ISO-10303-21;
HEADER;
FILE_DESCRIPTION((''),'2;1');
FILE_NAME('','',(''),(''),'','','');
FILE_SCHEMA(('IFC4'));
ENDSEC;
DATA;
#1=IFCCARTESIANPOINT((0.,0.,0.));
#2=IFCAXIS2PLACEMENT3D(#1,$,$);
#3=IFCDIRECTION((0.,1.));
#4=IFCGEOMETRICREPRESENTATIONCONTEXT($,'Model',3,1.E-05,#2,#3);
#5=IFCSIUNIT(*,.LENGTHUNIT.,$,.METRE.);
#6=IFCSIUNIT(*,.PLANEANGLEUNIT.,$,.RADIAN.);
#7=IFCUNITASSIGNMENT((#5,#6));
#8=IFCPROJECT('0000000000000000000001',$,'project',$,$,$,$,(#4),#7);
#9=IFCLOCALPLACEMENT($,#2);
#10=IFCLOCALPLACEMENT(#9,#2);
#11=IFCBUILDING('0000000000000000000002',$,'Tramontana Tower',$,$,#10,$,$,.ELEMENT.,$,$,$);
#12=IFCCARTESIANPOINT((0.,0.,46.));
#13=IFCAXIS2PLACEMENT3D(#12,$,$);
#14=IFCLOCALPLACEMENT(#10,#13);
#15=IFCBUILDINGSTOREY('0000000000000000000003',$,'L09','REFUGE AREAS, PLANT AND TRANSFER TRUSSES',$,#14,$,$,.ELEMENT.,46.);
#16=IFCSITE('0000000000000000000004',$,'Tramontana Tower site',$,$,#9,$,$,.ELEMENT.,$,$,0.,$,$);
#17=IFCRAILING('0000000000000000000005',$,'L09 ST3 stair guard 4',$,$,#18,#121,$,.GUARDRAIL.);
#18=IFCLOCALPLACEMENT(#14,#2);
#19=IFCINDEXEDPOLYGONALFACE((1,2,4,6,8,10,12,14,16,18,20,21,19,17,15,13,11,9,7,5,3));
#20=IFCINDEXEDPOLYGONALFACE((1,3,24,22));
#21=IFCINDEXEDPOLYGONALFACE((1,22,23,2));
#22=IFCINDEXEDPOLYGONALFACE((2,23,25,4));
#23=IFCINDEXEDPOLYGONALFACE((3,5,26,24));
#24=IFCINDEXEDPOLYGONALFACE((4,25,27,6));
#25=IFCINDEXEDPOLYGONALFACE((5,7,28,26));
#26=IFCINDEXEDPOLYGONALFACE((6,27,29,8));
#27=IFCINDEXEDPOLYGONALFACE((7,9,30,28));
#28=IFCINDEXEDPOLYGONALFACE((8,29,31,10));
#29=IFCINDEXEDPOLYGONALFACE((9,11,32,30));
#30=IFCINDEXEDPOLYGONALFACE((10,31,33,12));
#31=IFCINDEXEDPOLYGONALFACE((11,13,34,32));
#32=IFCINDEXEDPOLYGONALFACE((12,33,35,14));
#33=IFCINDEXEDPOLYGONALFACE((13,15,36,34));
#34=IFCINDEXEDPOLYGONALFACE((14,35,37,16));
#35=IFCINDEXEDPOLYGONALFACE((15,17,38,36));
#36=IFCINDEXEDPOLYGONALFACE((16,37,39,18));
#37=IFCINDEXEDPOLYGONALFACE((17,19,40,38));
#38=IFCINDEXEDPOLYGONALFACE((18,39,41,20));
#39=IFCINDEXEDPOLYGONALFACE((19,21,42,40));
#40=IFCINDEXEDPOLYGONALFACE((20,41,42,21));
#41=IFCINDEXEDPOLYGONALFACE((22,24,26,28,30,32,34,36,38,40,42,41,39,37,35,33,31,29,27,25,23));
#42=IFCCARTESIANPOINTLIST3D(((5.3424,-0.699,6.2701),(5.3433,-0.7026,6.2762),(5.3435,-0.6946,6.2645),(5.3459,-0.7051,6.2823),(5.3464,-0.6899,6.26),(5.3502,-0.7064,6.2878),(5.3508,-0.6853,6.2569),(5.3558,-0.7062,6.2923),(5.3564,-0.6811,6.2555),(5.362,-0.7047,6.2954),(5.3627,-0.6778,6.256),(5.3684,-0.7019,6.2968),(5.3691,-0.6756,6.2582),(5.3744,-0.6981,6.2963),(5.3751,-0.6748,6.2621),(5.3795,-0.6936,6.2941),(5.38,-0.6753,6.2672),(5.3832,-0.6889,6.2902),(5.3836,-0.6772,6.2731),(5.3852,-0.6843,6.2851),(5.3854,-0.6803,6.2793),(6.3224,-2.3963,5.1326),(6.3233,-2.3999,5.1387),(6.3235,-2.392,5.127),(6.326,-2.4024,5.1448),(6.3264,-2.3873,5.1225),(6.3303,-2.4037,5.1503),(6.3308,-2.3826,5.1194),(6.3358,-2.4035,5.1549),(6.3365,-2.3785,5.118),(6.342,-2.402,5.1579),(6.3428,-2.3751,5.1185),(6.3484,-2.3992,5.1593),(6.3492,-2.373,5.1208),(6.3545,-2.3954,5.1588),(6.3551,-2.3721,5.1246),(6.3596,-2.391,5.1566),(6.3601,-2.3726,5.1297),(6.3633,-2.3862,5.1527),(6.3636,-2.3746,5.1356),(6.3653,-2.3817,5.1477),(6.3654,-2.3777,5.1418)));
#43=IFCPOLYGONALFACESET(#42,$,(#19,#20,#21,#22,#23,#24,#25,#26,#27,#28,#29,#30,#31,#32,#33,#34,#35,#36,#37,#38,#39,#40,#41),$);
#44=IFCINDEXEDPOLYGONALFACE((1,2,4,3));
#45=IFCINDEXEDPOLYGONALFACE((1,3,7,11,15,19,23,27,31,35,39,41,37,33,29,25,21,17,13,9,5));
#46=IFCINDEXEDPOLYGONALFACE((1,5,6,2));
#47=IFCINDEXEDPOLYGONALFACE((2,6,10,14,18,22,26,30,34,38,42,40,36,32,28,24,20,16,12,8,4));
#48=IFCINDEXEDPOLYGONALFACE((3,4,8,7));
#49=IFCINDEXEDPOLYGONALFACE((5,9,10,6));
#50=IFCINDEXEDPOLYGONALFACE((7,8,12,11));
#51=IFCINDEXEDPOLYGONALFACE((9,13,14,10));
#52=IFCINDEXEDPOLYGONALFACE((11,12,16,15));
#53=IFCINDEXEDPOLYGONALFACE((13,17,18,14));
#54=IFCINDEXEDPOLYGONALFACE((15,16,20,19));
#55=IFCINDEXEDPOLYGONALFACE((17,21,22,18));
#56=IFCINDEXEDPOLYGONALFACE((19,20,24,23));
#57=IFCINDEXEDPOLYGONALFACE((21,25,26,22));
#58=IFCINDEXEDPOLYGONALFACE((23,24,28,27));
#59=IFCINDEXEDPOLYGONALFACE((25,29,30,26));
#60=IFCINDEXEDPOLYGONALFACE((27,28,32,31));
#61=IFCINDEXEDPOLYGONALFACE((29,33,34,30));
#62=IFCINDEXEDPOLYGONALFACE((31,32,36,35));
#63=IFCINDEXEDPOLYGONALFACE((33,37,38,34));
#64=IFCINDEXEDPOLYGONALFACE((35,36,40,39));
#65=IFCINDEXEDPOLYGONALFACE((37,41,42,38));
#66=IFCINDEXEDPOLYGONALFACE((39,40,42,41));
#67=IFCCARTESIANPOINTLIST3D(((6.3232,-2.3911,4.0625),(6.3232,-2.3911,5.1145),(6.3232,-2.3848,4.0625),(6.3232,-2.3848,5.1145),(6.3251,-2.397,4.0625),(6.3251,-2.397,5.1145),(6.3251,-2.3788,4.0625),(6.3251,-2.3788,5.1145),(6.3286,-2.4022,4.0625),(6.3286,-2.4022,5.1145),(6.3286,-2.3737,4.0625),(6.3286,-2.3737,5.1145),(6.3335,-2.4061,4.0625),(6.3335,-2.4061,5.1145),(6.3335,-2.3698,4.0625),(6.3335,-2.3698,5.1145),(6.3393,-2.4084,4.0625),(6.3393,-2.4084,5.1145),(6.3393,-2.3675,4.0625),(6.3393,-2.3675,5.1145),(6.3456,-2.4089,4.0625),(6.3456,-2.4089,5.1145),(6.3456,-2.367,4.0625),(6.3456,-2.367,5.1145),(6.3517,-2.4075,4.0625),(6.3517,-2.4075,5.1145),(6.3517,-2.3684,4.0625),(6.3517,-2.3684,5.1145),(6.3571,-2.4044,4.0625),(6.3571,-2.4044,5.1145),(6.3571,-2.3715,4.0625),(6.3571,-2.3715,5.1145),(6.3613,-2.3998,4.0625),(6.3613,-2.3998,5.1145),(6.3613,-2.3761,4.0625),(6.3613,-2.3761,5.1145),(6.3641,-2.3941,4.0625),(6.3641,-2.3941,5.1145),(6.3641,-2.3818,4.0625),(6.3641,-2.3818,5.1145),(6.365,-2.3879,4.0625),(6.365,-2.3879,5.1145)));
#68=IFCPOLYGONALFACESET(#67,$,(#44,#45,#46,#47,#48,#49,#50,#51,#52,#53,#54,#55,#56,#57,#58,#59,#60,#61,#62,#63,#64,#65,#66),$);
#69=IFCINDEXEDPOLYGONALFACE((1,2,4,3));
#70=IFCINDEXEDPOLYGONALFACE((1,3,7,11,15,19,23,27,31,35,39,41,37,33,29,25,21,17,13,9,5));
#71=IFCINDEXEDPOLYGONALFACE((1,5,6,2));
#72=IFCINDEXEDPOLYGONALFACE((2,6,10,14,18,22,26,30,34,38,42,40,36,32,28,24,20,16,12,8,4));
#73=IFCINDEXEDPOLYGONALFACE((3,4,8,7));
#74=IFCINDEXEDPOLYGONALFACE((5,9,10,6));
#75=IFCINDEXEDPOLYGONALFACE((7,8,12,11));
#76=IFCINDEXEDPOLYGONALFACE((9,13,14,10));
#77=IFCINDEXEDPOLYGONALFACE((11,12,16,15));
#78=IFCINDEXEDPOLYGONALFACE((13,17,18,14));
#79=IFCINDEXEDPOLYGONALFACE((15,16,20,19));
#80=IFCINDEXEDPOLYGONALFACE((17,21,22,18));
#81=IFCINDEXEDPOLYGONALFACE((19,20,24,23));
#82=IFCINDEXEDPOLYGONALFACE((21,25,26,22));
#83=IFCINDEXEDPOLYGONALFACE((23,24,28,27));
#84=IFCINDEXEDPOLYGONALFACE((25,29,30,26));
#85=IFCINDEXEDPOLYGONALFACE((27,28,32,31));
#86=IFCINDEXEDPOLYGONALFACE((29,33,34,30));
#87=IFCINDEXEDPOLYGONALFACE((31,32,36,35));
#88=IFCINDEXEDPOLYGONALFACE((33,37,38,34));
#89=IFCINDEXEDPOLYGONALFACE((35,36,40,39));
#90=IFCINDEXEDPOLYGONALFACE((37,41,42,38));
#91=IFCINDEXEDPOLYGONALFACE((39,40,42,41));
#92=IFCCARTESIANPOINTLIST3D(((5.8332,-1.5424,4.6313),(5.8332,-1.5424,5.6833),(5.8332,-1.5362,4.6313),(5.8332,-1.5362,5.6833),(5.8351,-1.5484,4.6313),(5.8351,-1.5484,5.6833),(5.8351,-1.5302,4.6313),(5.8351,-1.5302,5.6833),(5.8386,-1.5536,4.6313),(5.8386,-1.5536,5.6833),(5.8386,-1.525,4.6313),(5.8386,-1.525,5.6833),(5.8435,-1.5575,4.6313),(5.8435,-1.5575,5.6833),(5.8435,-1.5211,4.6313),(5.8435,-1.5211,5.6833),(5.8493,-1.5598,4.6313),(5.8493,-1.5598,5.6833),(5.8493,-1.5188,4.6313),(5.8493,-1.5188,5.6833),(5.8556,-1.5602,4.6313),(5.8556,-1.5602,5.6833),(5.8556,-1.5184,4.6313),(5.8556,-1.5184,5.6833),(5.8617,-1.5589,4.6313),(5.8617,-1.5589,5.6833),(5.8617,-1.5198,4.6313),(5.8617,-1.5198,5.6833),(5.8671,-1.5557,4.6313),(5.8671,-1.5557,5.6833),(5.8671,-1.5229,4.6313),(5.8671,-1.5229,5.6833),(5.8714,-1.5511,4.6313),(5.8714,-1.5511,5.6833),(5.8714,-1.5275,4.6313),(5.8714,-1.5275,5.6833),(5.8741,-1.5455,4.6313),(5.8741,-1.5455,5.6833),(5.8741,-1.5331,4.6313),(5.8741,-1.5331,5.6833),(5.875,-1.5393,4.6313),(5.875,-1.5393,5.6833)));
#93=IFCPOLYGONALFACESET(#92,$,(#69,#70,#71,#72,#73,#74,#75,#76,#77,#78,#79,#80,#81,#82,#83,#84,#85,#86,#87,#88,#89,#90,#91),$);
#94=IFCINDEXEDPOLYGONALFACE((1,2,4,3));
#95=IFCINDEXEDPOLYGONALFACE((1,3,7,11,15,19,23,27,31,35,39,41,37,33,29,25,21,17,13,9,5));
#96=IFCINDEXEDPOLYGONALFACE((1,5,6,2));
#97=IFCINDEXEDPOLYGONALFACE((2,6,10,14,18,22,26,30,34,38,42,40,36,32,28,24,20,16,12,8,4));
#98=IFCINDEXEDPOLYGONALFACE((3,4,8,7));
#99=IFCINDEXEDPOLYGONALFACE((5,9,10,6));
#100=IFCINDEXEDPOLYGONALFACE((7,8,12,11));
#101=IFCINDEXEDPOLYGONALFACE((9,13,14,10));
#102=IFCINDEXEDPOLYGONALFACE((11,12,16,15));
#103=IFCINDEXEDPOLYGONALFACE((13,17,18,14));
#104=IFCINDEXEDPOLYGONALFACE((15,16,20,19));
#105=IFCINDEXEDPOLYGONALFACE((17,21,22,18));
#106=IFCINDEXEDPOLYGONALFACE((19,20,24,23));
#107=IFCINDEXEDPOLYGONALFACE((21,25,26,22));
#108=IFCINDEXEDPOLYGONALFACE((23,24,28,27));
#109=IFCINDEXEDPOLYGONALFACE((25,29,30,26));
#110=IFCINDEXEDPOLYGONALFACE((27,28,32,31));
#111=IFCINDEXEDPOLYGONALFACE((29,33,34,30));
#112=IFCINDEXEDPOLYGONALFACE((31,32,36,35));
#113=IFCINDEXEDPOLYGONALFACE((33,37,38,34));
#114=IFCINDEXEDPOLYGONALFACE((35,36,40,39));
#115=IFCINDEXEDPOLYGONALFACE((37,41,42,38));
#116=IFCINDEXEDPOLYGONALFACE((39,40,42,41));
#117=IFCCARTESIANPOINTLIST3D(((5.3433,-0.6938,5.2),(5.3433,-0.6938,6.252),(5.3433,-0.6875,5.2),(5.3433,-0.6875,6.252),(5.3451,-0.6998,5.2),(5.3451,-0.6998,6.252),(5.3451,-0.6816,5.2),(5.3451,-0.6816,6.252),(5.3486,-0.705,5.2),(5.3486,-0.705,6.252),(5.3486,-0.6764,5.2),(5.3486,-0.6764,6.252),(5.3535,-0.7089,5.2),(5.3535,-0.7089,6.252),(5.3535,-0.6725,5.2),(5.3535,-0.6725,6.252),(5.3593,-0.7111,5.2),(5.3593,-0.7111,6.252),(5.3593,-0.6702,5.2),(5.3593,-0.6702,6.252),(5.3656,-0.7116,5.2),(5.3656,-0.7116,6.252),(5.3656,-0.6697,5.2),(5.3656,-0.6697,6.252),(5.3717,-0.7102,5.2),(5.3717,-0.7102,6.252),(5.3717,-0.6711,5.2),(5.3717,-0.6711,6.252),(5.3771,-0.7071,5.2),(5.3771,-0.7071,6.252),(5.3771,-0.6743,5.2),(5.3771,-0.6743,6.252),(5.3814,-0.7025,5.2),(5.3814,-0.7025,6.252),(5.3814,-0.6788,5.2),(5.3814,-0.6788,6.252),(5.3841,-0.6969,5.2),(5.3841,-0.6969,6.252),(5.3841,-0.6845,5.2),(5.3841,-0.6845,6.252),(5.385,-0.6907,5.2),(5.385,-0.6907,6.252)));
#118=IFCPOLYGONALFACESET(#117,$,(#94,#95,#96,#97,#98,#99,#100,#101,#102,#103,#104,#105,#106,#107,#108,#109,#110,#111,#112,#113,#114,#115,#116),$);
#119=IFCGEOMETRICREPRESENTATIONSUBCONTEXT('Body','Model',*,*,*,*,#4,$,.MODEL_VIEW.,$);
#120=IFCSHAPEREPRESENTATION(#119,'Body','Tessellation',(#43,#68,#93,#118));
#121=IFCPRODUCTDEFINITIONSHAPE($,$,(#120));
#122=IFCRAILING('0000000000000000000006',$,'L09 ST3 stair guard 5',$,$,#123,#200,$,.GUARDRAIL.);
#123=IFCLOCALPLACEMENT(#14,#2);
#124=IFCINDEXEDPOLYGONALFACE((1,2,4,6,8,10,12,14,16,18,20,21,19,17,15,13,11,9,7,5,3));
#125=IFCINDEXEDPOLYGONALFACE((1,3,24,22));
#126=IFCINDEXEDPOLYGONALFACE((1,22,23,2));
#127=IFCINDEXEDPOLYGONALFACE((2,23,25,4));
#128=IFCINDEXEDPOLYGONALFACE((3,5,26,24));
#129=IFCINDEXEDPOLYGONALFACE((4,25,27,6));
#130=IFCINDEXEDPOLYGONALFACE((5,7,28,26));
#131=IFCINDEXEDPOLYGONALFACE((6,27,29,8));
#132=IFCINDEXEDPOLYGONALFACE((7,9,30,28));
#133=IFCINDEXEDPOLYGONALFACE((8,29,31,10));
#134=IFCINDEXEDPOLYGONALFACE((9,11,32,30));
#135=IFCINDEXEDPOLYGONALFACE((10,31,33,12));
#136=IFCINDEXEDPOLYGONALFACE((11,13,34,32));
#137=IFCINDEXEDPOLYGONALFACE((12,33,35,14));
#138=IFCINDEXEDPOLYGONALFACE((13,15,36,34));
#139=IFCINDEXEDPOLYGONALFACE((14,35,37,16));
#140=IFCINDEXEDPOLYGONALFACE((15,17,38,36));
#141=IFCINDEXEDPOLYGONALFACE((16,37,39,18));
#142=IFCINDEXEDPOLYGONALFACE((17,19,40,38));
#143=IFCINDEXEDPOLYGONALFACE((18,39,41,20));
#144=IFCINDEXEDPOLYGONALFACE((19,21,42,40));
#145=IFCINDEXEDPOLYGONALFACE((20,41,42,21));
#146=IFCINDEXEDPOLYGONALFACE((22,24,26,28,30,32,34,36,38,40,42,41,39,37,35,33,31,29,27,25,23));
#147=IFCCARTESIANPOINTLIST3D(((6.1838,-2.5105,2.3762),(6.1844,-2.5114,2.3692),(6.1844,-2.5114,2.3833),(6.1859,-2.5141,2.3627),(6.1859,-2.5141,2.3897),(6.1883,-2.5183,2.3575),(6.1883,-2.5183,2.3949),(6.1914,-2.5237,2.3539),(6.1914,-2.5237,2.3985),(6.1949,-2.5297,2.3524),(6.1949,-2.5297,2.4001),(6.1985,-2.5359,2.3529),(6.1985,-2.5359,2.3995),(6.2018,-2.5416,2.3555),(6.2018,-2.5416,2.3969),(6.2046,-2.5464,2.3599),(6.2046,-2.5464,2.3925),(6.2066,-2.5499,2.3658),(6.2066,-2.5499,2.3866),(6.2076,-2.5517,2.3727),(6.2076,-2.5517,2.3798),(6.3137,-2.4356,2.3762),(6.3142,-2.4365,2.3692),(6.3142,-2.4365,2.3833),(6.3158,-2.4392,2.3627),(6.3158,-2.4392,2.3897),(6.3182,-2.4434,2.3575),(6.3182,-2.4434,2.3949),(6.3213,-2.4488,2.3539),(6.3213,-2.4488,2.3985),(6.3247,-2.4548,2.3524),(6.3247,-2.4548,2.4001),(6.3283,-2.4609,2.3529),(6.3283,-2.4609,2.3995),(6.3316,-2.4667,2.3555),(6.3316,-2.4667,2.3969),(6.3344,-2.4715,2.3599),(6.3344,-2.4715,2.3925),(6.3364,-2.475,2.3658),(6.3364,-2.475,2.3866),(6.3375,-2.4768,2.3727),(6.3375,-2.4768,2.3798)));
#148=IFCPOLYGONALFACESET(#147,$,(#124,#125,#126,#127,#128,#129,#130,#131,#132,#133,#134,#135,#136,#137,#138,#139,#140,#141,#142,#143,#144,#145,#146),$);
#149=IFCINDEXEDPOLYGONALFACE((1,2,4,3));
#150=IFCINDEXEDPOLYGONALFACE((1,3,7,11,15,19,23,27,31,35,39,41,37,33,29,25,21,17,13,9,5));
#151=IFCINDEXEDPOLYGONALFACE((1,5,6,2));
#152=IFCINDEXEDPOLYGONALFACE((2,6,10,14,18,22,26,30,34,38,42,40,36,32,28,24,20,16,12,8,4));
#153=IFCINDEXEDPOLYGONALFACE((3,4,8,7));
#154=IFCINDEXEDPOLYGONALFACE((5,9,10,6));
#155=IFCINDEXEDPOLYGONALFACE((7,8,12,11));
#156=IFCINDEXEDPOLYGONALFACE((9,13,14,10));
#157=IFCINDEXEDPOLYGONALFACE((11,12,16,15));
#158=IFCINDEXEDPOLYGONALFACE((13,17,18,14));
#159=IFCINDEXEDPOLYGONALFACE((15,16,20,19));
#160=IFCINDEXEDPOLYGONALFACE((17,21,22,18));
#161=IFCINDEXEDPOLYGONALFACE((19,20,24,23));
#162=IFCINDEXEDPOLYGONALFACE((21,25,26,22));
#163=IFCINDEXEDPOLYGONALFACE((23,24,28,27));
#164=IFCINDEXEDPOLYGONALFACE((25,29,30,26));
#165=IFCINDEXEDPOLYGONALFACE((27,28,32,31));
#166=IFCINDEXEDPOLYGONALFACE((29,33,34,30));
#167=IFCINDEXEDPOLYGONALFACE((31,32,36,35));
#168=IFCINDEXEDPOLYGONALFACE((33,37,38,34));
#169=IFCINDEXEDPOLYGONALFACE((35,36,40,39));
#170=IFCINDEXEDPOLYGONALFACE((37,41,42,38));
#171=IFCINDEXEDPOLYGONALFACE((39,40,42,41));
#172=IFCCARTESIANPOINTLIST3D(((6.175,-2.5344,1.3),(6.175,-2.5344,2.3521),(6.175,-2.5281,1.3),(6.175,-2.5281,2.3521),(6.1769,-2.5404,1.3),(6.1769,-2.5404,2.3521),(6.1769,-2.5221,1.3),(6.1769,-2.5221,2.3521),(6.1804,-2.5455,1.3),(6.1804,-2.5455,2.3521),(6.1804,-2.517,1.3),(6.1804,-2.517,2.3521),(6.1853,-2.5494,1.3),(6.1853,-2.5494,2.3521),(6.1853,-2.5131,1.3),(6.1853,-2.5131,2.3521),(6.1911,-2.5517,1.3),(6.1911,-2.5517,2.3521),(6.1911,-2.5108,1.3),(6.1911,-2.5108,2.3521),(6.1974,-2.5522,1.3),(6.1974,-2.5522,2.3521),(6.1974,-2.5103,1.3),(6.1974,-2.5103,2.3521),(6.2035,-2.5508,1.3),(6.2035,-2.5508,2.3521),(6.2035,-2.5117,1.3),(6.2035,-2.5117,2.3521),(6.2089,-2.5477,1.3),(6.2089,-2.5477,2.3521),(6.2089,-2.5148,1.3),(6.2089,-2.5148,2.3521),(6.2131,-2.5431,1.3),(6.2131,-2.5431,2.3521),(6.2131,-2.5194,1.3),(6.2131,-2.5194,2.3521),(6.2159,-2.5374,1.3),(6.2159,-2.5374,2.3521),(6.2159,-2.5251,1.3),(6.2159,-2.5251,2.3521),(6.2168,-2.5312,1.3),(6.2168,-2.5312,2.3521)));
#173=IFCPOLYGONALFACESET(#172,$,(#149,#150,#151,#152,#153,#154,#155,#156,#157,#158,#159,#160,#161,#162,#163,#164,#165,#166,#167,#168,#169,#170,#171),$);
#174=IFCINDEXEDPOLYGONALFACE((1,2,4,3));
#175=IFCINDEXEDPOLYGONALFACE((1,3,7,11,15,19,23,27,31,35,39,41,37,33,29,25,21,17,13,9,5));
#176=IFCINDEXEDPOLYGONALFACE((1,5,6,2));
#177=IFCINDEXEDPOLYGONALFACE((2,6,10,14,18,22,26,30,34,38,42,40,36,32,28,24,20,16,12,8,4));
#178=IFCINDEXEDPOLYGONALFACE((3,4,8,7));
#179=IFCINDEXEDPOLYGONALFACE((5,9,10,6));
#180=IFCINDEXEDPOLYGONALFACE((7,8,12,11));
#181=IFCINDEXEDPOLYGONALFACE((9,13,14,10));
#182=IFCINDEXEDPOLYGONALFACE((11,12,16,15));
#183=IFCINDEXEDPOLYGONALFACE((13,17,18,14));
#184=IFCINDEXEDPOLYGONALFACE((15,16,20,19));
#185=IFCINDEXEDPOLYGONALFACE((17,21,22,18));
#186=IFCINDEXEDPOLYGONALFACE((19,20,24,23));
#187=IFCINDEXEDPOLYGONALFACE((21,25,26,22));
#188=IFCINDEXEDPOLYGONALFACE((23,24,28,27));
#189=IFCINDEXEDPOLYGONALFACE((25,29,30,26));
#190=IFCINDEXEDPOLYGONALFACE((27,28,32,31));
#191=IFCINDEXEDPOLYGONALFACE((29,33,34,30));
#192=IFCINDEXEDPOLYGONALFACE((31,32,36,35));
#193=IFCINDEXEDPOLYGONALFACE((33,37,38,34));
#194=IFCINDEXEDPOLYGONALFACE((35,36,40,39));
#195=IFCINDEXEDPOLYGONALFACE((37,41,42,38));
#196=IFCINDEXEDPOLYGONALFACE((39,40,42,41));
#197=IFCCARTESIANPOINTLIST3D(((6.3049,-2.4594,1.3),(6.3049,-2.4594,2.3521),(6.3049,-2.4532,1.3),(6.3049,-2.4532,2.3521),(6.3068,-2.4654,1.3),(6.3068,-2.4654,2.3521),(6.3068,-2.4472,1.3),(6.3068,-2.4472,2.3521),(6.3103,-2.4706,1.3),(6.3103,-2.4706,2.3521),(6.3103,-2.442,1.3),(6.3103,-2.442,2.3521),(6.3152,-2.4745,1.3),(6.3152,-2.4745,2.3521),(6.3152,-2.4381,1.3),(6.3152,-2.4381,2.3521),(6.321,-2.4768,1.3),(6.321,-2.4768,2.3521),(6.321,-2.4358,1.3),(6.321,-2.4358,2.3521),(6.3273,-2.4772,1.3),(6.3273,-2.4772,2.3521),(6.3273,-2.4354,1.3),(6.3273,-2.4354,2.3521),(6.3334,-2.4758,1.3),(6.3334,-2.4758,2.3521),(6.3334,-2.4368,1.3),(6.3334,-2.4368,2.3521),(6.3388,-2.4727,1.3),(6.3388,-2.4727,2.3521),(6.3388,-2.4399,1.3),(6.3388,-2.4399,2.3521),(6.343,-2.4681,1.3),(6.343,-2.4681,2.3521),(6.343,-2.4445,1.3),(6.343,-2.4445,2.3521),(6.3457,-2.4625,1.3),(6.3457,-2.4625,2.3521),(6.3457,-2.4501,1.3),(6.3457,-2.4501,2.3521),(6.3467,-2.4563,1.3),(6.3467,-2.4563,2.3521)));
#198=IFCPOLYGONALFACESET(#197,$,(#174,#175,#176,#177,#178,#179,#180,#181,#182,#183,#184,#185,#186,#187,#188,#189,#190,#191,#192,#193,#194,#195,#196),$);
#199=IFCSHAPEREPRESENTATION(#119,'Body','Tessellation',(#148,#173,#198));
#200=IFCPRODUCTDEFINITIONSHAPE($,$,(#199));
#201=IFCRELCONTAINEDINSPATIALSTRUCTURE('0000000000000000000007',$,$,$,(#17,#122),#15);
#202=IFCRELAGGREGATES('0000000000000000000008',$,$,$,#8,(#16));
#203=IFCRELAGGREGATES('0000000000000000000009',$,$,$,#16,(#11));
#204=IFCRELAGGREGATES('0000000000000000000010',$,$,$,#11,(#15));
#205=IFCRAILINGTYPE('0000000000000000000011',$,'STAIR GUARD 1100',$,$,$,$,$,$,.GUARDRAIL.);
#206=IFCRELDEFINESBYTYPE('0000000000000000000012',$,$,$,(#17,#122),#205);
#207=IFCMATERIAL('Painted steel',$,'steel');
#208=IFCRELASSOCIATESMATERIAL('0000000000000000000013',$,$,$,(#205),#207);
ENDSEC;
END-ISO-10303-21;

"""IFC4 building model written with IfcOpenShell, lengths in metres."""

from ifc_helpers import new_model, si_unit, direction, frame, origin, origin_2d, place, context, subcontext, project, spatial, circle, extrude, material, type_object, element, save


model = new_model("IFC4")

# Units and contexts
model_context = context("Model", 3, precision=1e-05, world=origin(), true_north=direction((0.0, 1.0)))
body_context = subcontext(model_context, "Body", "Model", "MODEL_VIEW")
ifc_project = project(units=[si_unit("LENGTHUNIT", "METRE"), si_unit("PLANEANGLEUNIT", "RADIAN")], contexts=[model_context])

# Site, building, storey
site_placement = place(None, origin())
site = spatial("IfcSite", under=ifc_project, at=site_placement, Name="Tramontana Tower site", CompositionType="ELEMENT", RefElevation=0.0)
building_placement = place(site_placement, origin())
building = spatial("IfcBuilding", under=site, at=building_placement, Name="Tramontana Tower", CompositionType="ELEMENT")
storey_placement = place(building_placement, frame((0.0, 0.0, 46.0)))
storey = spatial("IfcBuildingStorey", under=building, at=storey_placement, Name="L09", Description="REFUGE AREAS, PLANT AND TRANSFER TRUSSES", CompositionType="ELEMENT", Elevation=46.0)

# Railings
ifc_material_1 = material(Name="Painted steel", Category="steel")
railing_type_1 = type_object("IfcRailingType", Name="STAIR GUARD 1100", PredefinedType="GUARDRAIL", material=ifc_material_1)
railing_1_placement = place(storey_placement, frame((6.344, -2.3879, 4.0625)))
element("IfcRailing", 1, at=railing_1_placement, inside=storey, type_object=railing_type_1, Name="L09 ST3 stair guard 4", PredefinedType="GUARDRAIL", context=body_context, shape_type="SweptSolid", body=[
    extrude(circle(Radius=0.0239, at=origin_2d()), frame((0.0, 0.0, 1.0762), z_axis=(-0.432467, 0.749006, 0.501959), x_axis=(-0.866011, -0.500024, 0.0)), (0.0, 0.0, 1.0), 2.2661),
    extrude(circle(Radius=0.021, at=origin_2d()), origin(), (0.0, 0.0, 1.0), 1.052),
    extrude(circle(Radius=0.021, at=origin_2d()), frame((-0.49, 0.8486, 0.5688)), (0.0, 0.0, 1.0), 1.052),
    extrude(circle(Radius=0.021, at=origin_2d()), frame((-0.98, 1.6973, 1.1375)), (0.0, 0.0, 1.0), 1.052),
])
for number, where, name in (
    (2, (6.1958, -2.5312, 1.3), "L09 ST3 stair guard 5"),
):
    element("IfcRailing", number, at=place(storey_placement, frame(where)), inside=storey, type_object=railing_type_1, Name=name, PredefinedType="GUARDRAIL", context=body_context, shape_type="SweptSolid", body=[
        extrude(circle(Radius=0.0239, at=origin_2d()), frame((0.0, 0.0, 1.0762), z_axis=(0.866131, 0.499816, 0.0), x_axis=(-0.499816, 0.866131, 0.0)), (0.0, 0.0, 1.0), 0.1499),
        extrude(circle(Radius=0.021, at=origin_2d()), origin(), (0.0, 0.0, 1.0), 1.052),
        extrude(circle(Radius=0.021, at=origin_2d()), frame((0.1299, 0.075, 0.0)), (0.0, 0.0, 1.0), 1.052),
    ])

save(model, "model.ifc")
